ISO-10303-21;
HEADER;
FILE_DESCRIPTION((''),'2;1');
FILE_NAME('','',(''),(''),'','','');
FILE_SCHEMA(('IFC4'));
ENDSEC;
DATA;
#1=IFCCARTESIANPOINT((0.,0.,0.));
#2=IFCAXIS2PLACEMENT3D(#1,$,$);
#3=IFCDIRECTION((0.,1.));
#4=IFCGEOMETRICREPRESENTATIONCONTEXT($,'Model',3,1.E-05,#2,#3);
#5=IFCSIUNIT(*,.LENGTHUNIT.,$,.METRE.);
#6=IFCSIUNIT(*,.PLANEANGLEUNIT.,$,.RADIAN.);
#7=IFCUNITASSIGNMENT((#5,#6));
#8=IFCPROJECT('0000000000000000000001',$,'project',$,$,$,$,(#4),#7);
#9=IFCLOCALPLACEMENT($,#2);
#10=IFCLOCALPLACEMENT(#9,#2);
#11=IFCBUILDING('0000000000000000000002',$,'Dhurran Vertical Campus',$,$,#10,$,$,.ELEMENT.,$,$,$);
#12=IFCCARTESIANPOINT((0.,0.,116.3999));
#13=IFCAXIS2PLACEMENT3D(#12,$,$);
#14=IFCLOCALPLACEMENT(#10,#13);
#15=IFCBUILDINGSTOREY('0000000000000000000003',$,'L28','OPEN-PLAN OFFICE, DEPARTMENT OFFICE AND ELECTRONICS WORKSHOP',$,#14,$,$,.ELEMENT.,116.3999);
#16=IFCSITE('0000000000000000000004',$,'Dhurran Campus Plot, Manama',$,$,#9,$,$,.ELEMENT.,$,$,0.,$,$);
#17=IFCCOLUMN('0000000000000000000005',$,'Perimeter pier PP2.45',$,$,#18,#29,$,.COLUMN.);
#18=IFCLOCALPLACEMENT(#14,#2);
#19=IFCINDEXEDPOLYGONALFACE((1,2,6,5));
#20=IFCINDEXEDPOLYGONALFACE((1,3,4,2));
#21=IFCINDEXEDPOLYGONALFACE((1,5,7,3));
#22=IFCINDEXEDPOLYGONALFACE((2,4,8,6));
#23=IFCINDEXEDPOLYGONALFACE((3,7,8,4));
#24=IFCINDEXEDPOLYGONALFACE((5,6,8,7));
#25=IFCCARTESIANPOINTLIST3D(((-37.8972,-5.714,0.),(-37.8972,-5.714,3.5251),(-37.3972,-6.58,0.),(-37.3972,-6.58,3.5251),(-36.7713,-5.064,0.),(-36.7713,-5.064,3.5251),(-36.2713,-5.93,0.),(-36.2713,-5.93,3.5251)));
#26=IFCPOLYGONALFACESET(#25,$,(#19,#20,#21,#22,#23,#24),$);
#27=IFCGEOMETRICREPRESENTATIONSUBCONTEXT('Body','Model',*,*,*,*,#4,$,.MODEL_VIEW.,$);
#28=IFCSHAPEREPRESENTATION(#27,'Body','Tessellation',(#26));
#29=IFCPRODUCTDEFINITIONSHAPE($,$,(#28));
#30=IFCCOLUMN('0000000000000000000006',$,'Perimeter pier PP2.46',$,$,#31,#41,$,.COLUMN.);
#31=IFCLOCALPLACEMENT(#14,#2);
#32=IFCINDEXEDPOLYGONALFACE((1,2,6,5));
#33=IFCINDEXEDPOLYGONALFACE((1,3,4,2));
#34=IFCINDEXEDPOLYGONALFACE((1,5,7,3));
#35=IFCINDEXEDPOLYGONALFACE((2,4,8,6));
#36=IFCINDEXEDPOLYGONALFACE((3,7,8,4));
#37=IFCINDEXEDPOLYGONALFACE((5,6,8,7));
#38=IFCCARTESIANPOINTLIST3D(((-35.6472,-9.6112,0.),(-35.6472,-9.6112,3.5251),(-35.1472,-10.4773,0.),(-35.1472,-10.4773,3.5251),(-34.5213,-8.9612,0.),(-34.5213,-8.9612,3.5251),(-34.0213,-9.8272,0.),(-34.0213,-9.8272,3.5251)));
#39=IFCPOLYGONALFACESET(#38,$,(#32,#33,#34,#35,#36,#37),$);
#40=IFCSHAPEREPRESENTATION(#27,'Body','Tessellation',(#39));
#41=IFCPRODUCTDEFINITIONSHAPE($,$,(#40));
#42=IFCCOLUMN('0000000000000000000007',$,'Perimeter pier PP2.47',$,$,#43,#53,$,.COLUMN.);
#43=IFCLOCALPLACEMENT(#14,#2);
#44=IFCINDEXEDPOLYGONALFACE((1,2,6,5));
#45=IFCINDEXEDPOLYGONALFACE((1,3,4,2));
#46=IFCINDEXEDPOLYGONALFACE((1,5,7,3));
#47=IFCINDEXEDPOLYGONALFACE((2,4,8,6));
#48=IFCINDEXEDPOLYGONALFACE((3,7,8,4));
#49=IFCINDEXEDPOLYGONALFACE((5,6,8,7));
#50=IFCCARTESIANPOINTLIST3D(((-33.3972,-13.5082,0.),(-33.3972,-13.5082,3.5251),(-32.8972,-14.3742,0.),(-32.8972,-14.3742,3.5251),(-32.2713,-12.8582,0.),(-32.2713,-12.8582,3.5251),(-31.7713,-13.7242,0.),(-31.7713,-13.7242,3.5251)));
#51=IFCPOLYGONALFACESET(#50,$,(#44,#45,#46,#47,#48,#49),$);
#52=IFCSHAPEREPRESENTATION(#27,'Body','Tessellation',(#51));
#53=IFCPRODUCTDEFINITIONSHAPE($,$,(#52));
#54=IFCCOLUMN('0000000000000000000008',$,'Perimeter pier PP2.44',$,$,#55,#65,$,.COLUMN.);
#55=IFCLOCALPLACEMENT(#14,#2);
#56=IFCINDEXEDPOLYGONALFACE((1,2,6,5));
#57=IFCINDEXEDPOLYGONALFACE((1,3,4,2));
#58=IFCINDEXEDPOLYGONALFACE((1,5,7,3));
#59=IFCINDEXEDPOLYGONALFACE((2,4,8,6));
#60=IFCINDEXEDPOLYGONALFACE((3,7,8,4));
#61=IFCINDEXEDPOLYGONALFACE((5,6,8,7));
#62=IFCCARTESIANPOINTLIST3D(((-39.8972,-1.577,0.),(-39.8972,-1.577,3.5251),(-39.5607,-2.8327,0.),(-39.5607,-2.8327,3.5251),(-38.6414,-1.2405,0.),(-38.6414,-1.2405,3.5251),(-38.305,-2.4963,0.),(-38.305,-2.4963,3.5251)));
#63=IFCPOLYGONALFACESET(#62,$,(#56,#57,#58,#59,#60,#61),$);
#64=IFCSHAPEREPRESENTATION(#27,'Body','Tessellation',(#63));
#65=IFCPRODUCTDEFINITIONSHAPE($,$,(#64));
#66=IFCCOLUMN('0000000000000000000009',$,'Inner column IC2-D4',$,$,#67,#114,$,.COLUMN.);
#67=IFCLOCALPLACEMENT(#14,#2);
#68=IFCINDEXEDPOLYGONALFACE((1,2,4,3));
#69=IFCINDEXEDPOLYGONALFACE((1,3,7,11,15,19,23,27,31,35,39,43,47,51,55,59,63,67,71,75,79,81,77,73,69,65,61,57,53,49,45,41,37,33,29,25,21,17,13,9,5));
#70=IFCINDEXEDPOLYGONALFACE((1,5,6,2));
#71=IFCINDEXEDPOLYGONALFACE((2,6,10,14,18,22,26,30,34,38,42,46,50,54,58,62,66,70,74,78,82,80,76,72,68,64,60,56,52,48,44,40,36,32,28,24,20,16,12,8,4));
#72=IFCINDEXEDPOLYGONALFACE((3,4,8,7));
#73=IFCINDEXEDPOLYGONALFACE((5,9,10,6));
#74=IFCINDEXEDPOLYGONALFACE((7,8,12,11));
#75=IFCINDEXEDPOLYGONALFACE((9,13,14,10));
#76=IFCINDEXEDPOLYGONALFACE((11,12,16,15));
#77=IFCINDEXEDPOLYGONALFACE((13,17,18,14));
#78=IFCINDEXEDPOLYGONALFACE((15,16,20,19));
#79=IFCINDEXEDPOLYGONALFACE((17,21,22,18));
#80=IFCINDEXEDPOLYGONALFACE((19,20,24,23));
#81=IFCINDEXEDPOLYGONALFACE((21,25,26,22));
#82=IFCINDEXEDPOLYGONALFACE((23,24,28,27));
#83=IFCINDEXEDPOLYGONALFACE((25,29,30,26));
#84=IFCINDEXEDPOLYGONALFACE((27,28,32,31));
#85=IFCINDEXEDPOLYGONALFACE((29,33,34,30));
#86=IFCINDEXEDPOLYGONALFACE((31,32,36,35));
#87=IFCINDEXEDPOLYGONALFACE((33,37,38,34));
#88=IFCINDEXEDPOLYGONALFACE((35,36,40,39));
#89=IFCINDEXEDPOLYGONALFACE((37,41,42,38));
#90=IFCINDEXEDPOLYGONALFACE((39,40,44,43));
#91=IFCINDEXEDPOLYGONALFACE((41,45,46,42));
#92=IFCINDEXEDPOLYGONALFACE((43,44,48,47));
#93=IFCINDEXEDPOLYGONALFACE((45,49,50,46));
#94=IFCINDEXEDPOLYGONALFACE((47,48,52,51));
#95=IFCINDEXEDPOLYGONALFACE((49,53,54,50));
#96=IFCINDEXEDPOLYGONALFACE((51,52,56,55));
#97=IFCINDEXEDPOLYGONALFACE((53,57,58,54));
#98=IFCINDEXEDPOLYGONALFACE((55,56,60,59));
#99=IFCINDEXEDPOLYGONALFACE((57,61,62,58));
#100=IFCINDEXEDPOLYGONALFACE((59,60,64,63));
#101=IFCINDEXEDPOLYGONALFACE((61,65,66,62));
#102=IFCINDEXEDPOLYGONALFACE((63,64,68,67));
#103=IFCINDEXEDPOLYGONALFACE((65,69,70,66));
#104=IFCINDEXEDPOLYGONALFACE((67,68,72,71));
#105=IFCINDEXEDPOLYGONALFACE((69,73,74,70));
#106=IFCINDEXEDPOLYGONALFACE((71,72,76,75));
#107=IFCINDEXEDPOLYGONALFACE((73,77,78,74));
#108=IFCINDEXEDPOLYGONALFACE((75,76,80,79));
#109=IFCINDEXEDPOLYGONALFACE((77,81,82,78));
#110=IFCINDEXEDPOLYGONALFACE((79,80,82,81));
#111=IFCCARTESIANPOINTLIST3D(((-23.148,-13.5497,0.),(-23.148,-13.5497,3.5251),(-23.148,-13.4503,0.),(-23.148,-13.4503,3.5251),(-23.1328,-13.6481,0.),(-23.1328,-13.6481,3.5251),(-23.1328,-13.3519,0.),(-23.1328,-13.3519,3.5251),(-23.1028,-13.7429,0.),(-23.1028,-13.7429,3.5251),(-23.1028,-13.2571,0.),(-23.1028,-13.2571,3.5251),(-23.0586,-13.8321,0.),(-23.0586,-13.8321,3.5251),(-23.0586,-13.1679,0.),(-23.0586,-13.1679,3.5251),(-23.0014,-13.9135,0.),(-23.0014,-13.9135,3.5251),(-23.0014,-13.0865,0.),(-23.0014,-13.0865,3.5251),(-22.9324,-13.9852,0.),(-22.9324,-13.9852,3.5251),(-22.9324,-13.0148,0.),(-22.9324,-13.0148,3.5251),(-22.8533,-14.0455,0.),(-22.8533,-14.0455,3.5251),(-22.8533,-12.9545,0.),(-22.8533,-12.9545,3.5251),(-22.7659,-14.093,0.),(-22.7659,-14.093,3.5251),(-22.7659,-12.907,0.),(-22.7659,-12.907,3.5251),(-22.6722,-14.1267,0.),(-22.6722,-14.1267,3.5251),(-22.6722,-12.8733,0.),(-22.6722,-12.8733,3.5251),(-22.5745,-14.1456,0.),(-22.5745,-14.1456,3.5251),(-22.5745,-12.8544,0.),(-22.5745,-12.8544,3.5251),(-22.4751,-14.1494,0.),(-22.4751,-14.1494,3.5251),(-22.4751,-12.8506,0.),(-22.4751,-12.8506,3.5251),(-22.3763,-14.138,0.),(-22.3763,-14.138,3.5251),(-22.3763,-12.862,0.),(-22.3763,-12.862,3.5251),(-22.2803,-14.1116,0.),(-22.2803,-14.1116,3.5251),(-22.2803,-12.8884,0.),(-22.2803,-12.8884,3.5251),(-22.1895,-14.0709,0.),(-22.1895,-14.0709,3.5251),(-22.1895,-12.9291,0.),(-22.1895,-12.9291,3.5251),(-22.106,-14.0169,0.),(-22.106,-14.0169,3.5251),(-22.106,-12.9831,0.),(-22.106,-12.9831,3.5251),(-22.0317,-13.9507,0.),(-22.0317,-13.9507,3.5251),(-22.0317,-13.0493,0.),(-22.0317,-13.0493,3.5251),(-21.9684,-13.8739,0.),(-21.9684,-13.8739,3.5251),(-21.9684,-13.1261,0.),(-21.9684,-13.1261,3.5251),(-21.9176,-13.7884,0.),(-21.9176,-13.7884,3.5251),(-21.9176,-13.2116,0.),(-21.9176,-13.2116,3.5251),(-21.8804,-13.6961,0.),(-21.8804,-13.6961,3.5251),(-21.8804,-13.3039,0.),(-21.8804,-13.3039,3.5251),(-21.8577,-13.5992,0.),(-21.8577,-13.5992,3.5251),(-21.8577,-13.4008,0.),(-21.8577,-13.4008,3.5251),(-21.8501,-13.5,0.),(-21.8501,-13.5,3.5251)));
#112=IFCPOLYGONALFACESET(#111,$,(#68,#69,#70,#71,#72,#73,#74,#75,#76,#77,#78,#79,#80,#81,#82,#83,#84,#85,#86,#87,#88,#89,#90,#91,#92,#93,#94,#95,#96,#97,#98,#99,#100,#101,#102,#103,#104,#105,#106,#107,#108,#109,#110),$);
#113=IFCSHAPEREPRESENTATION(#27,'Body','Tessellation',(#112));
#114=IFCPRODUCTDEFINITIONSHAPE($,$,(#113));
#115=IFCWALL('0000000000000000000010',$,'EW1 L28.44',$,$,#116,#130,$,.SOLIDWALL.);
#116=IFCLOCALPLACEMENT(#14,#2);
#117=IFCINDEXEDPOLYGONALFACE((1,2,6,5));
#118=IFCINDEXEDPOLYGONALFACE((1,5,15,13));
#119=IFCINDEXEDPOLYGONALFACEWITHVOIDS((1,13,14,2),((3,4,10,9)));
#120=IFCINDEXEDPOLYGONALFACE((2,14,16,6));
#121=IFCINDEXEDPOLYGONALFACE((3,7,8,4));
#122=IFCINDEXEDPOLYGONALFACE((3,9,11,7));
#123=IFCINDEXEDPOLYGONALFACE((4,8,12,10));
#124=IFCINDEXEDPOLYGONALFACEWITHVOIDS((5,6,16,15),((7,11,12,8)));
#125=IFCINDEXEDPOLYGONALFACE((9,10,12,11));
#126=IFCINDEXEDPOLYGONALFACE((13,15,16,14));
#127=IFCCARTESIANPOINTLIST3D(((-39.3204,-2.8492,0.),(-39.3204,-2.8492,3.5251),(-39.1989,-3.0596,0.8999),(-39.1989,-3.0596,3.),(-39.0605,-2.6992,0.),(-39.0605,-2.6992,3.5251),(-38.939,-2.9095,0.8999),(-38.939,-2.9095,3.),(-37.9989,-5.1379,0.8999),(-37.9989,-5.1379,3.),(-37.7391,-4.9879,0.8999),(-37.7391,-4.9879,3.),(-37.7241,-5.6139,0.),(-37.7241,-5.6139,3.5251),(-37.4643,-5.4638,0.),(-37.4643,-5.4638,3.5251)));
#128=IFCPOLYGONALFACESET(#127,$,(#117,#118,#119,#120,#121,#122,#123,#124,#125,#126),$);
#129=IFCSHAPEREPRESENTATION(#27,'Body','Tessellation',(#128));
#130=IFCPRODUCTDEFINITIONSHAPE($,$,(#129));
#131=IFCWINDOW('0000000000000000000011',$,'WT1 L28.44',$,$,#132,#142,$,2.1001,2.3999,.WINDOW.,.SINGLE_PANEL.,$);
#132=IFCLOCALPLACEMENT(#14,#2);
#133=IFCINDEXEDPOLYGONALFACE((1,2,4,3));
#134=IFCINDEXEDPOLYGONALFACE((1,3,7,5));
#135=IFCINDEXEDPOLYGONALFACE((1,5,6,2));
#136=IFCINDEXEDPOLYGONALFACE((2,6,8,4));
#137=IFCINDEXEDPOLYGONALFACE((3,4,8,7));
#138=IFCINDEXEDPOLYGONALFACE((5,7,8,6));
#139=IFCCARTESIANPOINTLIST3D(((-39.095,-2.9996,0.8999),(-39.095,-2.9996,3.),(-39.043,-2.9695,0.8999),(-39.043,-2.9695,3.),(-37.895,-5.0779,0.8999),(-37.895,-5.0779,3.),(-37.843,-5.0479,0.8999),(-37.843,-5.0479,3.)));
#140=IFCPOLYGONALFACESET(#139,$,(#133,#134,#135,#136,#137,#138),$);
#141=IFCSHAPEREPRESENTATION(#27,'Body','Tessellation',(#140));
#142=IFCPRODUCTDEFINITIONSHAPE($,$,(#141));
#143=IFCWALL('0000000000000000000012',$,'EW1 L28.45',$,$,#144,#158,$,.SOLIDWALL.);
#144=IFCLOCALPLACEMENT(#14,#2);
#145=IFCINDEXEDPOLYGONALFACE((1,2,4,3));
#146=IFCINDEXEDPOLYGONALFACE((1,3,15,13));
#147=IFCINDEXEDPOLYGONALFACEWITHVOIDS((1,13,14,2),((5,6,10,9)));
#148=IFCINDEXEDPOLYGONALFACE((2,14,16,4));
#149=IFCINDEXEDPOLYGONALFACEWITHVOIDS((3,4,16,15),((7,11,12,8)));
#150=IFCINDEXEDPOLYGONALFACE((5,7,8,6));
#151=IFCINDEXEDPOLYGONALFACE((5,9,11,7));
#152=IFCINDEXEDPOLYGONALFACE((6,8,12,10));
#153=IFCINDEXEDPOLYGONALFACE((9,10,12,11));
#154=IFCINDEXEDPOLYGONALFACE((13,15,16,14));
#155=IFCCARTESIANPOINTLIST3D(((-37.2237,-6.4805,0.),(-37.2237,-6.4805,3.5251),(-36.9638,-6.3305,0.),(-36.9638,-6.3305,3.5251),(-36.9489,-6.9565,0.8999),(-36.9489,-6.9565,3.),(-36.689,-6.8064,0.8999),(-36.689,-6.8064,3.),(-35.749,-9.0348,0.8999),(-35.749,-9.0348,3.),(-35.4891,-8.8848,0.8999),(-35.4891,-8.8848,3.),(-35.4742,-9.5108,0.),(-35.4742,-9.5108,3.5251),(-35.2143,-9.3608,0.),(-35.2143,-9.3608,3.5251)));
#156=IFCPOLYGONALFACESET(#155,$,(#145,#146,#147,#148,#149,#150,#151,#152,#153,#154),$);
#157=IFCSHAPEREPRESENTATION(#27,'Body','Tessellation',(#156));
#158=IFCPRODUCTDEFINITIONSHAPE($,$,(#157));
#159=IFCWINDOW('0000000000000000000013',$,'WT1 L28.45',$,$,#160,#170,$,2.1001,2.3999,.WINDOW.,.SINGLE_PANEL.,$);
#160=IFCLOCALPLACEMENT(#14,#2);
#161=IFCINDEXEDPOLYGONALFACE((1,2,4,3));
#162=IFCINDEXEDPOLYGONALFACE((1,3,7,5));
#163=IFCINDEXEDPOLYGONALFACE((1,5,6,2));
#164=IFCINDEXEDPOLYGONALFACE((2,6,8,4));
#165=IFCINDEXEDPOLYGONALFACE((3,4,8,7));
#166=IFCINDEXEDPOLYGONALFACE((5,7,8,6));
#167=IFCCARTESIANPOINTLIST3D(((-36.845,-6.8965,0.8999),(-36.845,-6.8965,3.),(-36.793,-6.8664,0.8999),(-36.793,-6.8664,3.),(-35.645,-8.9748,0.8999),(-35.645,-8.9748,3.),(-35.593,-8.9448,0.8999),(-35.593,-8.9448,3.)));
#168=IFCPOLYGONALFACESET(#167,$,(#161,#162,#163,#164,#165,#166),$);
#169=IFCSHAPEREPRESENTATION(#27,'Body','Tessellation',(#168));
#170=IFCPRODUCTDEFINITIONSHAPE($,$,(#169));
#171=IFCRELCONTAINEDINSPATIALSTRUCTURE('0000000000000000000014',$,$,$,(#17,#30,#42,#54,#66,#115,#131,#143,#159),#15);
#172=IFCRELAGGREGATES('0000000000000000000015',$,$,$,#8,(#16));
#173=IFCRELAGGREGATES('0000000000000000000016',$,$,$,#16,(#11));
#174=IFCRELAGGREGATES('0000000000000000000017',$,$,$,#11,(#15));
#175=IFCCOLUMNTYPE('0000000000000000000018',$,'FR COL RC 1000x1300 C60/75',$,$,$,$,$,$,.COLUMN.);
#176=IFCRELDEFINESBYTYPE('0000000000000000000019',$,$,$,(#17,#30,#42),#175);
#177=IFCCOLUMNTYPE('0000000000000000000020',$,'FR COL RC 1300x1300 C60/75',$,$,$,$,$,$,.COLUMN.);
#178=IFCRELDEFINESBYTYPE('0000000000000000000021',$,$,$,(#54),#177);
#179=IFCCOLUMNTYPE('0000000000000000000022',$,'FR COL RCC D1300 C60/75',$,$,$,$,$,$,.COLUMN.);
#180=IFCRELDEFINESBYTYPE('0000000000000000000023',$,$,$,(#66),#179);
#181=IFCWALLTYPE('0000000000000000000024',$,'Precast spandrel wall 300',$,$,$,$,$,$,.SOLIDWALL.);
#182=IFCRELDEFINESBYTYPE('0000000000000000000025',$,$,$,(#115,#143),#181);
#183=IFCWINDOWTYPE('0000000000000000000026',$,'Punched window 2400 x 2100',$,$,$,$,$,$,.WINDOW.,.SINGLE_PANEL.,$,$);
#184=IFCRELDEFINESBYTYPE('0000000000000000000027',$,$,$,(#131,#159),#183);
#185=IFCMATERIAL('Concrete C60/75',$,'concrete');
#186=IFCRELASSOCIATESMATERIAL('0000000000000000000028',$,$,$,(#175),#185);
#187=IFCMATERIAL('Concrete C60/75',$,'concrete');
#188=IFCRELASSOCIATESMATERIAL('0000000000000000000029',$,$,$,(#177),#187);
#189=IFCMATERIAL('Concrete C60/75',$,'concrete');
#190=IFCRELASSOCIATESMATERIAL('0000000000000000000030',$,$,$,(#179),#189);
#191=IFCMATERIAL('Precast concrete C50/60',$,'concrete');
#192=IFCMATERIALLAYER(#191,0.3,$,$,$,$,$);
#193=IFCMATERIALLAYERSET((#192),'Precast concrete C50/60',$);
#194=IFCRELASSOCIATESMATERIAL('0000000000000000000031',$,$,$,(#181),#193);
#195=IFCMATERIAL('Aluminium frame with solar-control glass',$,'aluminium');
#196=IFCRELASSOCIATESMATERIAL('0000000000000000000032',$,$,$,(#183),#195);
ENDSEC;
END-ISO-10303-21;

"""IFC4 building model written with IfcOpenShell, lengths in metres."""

from ifc_helpers import new_model, si_unit, direction, frame, frame_2d, origin, origin_2d, place, context, subcontext, project, spatial, rectangle, circle, extrude, material, layer, layer_set, material_profile, profile_set, type_object, element, fill, save


model = new_model("IFC4")

# Units and contexts
model_context = context("Model", 3, precision=1e-05, world=origin(), true_north=direction((0.0, 1.0)))
body_context = subcontext(model_context, "Body", "Model", "MODEL_VIEW")
ifc_project = project(units=[si_unit("LENGTHUNIT", "METRE"), si_unit("PLANEANGLEUNIT", "RADIAN")], contexts=[model_context])

# Site, building, storey
site_placement = place(None, origin())
site = spatial("IfcSite", under=ifc_project, at=site_placement, Name="Dhurran Campus Plot, Manama", CompositionType="ELEMENT", RefElevation=0.0)
building_placement = place(site_placement, origin())
building = spatial("IfcBuilding", under=site, at=building_placement, Name="Dhurran Vertical Campus", CompositionType="ELEMENT")
storey_placement = place(building_placement, frame((0.0, 0.0, 116.3999)))
storey = spatial("IfcBuildingStorey", under=building, at=storey_placement, Name="L28", Description="OPEN-PLAN OFFICE, DEPARTMENT OFFICE AND ELECTRONICS WORKSHOP", CompositionType="ELEMENT", Elevation=116.3999)

# Columns
ifc_material_1 = material(Name="Concrete C60/75", Category="concrete")
ifc_material_profile_1 = material_profile(ifc_material_1, rectangle(XDim=1.0, YDim=1.3, at=origin_2d()), Name="RC 1000x1300")
ifc_profile_set_1 = profile_set([ifc_material_profile_1], Name="Concrete C60/75")
column_type_1 = type_object("IfcColumnType", Name="FR COL RC 1000x1300 C60/75", PredefinedType="COLUMN", material=ifc_profile_set_1)
for number, where, z_axis, x_axis, name in (
    (1, (-37.0842, -5.822, 0.0), (0.0, 0.0, 1.0), (0.5, -0.866025, 0.0), "Perimeter pier PP2.45"),
    (2, (-34.8342, -9.7192, 0.0), (0.0, 0.0, 1.0), (0.5, -0.866025, 0.0), "Perimeter pier PP2.46"),
    (3, (-32.5842, -13.6162, 0.0), (0.0, 0.0, 1.0), (0.5, -0.866025, 0.0), "Perimeter pier PP2.47"),
):
    element("IfcColumn", number, at=place(storey_placement, frame(where, z_axis=z_axis, x_axis=x_axis)), inside=storey, type_object=column_type_1, Name=name, PredefinedType="COLUMN", context=body_context, shape_type="SweptSolid", body=[
        extrude(rectangle(XDim=1.0, YDim=1.3, at=origin_2d()), origin(), (0.0, 0.0, 1.0), 3.5251),
    ])
ifc_material_2 = material(Name="Concrete C60/75", Category="concrete")
ifc_material_profile_2 = material_profile(ifc_material_2, rectangle(XDim=1.3, YDim=1.3, at=origin_2d()), Name="RC 1300x1300")
ifc_profile_set_2 = profile_set([ifc_material_profile_2], Name="Concrete C60/75")
column_type_2 = type_object("IfcColumnType", Name="FR COL RC 1300x1300 C60/75", PredefinedType="COLUMN", material=ifc_profile_set_2)
column_1_placement = place(storey_placement, frame((-39.1011, -2.0366, 0.0), z_axis=(0.0, 0.0, 1.0), x_axis=(0.258819, -0.965926, 0.0)))
element("IfcColumn", 4, at=column_1_placement, inside=storey, type_object=column_type_2, Name="Perimeter pier PP2.44", PredefinedType="COLUMN", context=body_context, shape_type="SweptSolid", body=[
    extrude(rectangle(XDim=1.3, YDim=1.3, at=origin_2d()), origin(), (0.0, 0.0, 1.0), 3.5251),
])
ifc_material_3 = material(Name="Concrete C60/75", Category="concrete")
ifc_material_profile_3 = material_profile(ifc_material_3, circle(Radius=0.6499, at=origin_2d()), Name="RCC D1300")
ifc_profile_set_3 = profile_set([ifc_material_profile_3], Name="Concrete C60/75")
column_type_3 = type_object("IfcColumnType", Name="FR COL RCC D1300 C60/75", PredefinedType="COLUMN", material=ifc_profile_set_3)
column_2_placement = place(storey_placement, frame((-22.5, -13.5, 0.0), z_axis=(0.0, 0.0, 1.0), x_axis=(1.0, 0.0, 0.0)))
element("IfcColumn", 5, at=column_2_placement, inside=storey, type_object=column_type_3, Name="Inner column IC2-D4", PredefinedType="COLUMN", context=body_context, shape_type="SweptSolid", body=[
    extrude(circle(Radius=0.6499, at=origin_2d()), origin(), (0.0, 0.0, 1.0), 3.5251),
])

# Walls, openings, windows
ifc_material_4 = material(Name="Precast concrete C50/60", Category="concrete")
ifc_layer = layer(ifc_material_4, 0.3)
ifc_layer_set = layer_set([ifc_layer], Name="Precast concrete C50/60")
wall_type = type_object("IfcWallType", Name="Precast spandrel wall 300", PredefinedType="SOLIDWALL", material=ifc_layer_set)
wall_1_placement = place(storey_placement, frame((-39.1904, -2.7742, 0.0), z_axis=(0.0, 0.0, 1.0), x_axis=(0.500005, -0.866023, 0.0)))
wall_1 = element("IfcWall", 6, at=wall_1_placement, inside=storey, type_object=wall_type, Name="EW1 L28.44", PredefinedType="SOLIDWALL", context=body_context, shape_type="SweptSolid", body=[
    extrude(rectangle(XDim=3.1924, YDim=0.3, at=frame_2d((1.5962, 0.0))), origin(), (0.0, 0.0, 1.0), 3.5251),
])
opening_1_placement = place(wall_1_placement, frame((0.2429, 0.0, 0.8999)))
opening_1 = element("IfcOpeningElement", 7, at=opening_1_placement, cuts=wall_1, PredefinedType="OPENING", context=body_context, shape_type="SweptSolid", body=[
    extrude(rectangle(XDim=2.3999, YDim=2.1001, at=frame_2d((1.2, 1.05))), frame((0.0, 0.1599, 0.0), z_axis=(0.0, -1.0, 0.0), x_axis=(1.0, 0.0, 0.0)), (0.0, 0.0, 1.0), 0.3201),
])
ifc_material_5 = material(Name="Aluminium frame with solar-control glass", Category="aluminium")
window_type = type_object("IfcWindowType", Name="Punched window 2400 x 2100", PartitioningType="SINGLE_PANEL", PredefinedType="WINDOW", material=ifc_material_5)
window_1_placement = place(opening_1_placement, origin())
window_1 = element("IfcWindow", 8, at=window_1_placement, inside=storey, type_object=window_type, Name="WT1 L28.44", OverallHeight=2.1001, OverallWidth=2.3999, PartitioningType="SINGLE_PANEL", PredefinedType="WINDOW", context=body_context, shape_type="SweptSolid", body=[
    extrude(rectangle(XDim=2.3999, YDim=2.1001, at=frame_2d((1.2, 1.05))), frame((0.0, 0.03, 0.0), z_axis=(0.0, -1.0, 0.0), x_axis=(1.0, 0.0, 0.0)), (0.0, 0.0, 1.0), 0.0601),
])
fill(opening_1, window_1)
wall_2_placement = place(storey_placement, frame((-37.0938, -6.4055, 0.0), z_axis=(0.0, 0.0, 1.0), x_axis=(0.499996, -0.866028, 0.0)))
wall_2 = element("IfcWall", 9, at=wall_2_placement, inside=storey, type_object=wall_type, Name="EW1 L28.45", PredefinedType="SOLIDWALL", context=body_context, shape_type="SweptSolid", body=[
    extrude(rectangle(XDim=3.499, YDim=0.3, at=frame_2d((1.7495, 0.0))), origin(), (0.0, 0.0, 1.0), 3.5251),
])
opening_2_placement = place(wall_2_placement, frame((0.5496, 0.0, 0.8999)))
opening_2 = element("IfcOpeningElement", 10, at=opening_2_placement, cuts=wall_2, PredefinedType="OPENING", context=body_context, shape_type="SweptSolid", body=[
    extrude(rectangle(XDim=2.3999, YDim=2.1001, at=frame_2d((1.2, 1.05))), frame((0.0, 0.1599, 0.0), z_axis=(0.0, -1.0, 0.0), x_axis=(1.0, 0.0, 0.0)), (0.0, 0.0, 1.0), 0.3201),
])
window_2_placement = place(opening_2_placement, origin())
window_2 = element("IfcWindow", 11, at=window_2_placement, inside=storey, type_object=window_type, Name="WT1 L28.45", OverallHeight=2.1001, OverallWidth=2.3999, PartitioningType="SINGLE_PANEL", PredefinedType="WINDOW", context=body_context, shape_type="SweptSolid", body=[
    extrude(rectangle(XDim=2.3999, YDim=2.1001, at=frame_2d((1.2, 1.05))), frame((0.0, 0.03, 0.0), z_axis=(0.0, -1.0, 0.0), x_axis=(1.0, 0.0, 0.0)), (0.0, 0.0, 1.0), 0.0601),
])
fill(opening_2, window_2)

save(model, "model.ifc")
